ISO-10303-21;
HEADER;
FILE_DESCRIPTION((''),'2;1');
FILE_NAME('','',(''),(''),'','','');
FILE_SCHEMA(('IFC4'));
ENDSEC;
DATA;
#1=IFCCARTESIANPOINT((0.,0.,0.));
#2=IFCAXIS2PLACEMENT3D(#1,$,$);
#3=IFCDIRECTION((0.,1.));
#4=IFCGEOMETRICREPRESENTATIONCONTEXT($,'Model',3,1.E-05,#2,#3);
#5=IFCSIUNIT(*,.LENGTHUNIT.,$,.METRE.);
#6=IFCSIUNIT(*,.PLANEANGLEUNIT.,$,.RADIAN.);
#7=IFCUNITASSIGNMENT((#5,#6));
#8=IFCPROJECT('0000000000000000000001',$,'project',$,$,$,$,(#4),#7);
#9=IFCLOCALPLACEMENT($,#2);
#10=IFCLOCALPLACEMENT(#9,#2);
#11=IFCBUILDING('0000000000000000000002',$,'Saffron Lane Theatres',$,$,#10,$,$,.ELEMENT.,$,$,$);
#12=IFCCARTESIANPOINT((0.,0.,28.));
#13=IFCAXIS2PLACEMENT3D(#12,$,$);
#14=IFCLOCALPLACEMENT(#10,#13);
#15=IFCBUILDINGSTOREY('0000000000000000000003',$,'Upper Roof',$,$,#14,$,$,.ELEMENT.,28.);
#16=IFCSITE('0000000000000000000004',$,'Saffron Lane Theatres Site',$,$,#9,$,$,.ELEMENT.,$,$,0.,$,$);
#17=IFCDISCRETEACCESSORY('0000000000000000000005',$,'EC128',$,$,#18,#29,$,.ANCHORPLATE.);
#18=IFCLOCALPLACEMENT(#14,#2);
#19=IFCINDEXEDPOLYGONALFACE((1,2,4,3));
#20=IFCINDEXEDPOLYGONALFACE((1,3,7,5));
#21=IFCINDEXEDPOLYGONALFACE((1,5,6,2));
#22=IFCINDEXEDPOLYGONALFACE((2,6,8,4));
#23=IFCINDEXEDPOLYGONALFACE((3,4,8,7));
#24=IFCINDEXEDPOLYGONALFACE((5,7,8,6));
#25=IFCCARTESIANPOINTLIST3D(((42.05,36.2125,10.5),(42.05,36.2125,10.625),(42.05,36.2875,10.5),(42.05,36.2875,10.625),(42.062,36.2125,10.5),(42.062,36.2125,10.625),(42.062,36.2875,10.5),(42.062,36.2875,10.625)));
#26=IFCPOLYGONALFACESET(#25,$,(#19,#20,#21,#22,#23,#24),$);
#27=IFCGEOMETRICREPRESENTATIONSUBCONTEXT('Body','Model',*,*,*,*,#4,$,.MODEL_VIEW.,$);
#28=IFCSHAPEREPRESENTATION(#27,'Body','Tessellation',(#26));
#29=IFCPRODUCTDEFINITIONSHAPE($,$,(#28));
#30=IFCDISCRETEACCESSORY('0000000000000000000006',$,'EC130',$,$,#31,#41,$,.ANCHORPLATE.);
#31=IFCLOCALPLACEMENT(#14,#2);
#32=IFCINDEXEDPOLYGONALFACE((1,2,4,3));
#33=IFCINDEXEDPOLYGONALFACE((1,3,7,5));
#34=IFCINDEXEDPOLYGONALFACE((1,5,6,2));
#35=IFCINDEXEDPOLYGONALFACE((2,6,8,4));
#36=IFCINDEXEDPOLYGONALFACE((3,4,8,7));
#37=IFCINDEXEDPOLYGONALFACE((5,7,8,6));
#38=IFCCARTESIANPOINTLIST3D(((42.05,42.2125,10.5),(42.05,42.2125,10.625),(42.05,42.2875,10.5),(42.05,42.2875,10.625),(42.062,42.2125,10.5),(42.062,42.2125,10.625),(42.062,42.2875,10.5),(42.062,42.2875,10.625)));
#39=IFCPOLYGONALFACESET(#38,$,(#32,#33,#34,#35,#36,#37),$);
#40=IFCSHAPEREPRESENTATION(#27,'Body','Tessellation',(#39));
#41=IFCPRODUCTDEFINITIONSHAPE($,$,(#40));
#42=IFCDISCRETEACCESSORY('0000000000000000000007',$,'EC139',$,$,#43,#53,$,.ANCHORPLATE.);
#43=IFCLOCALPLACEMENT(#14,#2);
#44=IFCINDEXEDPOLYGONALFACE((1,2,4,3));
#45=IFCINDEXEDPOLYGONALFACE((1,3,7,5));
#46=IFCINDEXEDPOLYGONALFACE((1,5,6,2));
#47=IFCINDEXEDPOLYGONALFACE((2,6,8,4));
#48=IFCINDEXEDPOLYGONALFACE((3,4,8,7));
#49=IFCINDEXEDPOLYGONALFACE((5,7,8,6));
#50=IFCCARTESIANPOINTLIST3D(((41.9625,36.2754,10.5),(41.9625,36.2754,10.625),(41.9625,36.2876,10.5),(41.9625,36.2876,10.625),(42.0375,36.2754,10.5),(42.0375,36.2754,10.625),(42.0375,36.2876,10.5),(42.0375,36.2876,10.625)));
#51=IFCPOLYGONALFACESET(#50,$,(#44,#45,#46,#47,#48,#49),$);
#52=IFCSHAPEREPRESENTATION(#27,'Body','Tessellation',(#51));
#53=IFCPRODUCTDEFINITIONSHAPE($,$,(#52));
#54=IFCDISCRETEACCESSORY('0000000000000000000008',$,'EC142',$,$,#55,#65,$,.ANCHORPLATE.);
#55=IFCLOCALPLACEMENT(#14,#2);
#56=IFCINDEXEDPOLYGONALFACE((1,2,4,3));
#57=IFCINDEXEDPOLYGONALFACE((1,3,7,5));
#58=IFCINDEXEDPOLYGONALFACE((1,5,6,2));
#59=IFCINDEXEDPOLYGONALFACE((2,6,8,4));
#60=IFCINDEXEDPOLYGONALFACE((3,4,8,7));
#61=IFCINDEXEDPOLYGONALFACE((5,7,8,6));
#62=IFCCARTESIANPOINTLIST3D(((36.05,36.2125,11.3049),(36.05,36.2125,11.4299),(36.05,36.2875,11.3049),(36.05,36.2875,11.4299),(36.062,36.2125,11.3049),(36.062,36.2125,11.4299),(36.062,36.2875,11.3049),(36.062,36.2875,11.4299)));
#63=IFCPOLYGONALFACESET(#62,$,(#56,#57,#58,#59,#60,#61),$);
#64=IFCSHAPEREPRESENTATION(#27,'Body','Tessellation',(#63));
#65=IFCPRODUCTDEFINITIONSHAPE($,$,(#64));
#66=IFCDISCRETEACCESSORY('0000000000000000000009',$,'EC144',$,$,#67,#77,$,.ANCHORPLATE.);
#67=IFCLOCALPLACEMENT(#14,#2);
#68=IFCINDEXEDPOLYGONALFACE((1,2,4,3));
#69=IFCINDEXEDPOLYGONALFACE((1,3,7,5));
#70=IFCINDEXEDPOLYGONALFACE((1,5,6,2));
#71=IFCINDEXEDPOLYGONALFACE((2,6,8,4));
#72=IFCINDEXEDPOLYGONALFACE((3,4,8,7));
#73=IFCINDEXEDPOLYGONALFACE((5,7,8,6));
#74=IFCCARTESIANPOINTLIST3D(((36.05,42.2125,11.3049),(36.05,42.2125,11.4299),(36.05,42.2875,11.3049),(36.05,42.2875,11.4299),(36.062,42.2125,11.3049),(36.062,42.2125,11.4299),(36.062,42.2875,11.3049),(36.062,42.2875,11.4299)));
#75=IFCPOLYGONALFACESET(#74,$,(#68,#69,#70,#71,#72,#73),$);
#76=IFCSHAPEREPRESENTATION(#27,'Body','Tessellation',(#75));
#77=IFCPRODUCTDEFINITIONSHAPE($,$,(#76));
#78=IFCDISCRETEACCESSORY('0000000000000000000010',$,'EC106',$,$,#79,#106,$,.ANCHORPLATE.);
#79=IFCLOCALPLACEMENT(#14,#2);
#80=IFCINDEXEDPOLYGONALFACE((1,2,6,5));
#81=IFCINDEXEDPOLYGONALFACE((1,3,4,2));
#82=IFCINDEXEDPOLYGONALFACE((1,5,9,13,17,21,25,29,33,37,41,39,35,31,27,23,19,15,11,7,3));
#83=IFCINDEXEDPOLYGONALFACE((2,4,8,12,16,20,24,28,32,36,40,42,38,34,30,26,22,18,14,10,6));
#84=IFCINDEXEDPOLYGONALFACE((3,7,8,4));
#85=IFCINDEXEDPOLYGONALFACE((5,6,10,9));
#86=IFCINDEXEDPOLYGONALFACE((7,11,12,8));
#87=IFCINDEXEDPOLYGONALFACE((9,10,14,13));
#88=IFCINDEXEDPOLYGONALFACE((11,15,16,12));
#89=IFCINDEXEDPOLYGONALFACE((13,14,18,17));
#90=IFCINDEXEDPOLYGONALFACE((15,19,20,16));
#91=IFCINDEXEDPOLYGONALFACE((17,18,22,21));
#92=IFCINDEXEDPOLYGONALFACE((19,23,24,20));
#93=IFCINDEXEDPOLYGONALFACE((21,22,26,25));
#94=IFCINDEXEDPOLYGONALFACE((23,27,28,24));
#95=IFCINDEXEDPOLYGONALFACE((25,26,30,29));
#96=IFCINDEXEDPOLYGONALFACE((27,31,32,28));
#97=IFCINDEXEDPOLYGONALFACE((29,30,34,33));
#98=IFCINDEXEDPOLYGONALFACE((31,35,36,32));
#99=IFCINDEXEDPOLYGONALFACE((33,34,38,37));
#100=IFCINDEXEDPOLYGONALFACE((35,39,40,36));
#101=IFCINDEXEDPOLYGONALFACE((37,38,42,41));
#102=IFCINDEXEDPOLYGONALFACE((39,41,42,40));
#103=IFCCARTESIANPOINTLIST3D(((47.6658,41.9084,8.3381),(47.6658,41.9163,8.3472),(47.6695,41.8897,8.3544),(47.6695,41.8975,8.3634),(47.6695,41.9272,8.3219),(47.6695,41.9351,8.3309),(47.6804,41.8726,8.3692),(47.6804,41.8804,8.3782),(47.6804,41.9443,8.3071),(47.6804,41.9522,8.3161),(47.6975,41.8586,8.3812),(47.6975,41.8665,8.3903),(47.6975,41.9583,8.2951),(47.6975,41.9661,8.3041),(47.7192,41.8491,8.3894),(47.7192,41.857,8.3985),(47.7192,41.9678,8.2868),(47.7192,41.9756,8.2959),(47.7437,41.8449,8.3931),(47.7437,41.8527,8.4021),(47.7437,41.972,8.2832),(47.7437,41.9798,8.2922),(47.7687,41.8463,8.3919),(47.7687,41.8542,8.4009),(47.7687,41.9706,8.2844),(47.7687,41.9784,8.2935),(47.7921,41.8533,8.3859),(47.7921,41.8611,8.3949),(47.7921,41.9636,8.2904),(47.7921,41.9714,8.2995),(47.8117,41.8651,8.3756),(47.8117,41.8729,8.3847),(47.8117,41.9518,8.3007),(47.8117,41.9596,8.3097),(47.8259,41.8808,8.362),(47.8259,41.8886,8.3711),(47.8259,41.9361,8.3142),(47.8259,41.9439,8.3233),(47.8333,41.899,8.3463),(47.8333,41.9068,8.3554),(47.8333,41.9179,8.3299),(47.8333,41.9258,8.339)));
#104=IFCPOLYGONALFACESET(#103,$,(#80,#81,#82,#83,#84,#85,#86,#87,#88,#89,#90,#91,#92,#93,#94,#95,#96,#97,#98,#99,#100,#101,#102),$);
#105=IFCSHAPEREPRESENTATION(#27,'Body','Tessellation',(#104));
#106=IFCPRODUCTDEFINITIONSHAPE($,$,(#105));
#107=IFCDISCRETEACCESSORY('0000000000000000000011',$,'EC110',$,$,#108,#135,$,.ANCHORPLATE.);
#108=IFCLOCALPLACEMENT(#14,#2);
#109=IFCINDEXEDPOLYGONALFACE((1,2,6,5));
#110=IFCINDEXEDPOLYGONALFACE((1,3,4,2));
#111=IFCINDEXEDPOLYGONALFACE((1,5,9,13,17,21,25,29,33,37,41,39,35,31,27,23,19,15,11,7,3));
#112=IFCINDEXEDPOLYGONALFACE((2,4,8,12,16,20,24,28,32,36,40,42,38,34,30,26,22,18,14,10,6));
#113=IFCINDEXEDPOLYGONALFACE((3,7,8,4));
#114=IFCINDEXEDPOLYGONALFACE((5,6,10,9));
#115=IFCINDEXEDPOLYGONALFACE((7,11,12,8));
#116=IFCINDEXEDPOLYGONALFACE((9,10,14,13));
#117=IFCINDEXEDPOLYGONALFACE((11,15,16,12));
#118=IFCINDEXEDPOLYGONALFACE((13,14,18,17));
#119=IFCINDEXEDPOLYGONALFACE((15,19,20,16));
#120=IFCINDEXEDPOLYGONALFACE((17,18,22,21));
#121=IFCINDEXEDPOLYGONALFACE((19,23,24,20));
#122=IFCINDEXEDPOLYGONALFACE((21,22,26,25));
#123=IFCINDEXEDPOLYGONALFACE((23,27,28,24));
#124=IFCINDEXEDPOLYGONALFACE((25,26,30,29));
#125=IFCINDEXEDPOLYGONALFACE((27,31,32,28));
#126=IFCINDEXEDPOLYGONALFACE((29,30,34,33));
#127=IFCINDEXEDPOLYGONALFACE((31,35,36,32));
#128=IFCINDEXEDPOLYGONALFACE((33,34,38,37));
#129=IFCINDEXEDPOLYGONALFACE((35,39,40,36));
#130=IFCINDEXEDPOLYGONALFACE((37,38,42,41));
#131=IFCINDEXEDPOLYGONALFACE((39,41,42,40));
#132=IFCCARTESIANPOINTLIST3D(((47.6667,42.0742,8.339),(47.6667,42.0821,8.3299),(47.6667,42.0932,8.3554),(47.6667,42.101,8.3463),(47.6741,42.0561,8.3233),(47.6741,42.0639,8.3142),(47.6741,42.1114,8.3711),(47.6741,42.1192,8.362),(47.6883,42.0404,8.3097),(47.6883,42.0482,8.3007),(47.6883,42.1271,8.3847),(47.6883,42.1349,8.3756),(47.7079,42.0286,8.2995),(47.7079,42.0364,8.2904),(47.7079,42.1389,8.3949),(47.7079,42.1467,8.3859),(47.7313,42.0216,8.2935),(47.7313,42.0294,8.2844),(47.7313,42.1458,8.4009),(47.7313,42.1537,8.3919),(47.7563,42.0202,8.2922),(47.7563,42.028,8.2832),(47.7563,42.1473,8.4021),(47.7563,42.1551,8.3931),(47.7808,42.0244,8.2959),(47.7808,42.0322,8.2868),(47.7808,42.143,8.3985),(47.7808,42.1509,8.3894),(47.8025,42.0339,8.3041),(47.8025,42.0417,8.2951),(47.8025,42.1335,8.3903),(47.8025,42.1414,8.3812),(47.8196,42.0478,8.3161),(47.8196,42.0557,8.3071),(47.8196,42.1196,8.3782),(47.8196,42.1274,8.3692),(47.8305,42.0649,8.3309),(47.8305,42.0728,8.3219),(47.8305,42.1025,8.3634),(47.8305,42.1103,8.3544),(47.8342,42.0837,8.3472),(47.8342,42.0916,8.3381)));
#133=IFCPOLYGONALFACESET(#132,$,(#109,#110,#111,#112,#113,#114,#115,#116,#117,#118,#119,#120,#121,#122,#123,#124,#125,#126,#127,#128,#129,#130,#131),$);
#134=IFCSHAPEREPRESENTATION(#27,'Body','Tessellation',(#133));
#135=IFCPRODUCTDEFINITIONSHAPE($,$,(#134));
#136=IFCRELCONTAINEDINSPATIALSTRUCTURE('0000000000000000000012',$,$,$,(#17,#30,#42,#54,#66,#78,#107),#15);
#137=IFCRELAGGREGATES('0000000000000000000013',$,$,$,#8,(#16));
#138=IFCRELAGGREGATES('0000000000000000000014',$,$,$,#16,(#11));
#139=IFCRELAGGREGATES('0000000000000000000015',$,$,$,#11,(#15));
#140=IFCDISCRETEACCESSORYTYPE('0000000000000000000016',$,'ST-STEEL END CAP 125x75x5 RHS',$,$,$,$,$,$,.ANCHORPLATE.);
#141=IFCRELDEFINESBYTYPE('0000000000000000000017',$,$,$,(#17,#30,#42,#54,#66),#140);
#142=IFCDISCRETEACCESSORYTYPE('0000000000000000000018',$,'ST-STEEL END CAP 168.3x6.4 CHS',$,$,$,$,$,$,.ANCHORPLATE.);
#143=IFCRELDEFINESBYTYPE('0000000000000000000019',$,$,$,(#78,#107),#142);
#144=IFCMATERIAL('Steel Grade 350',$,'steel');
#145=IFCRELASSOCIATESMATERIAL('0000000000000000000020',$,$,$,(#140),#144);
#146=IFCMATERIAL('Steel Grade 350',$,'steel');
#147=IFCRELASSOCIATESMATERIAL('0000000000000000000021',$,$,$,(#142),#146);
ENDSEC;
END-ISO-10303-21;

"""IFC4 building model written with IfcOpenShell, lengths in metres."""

from ifc_helpers import new_model, si_unit, direction, frame, origin, origin_2d, place, context, subcontext, project, spatial, rectangle, circle, extrude, material, material_profile, profile_set, type_object, element, save


model = new_model("IFC4")

# Units and contexts
model_context = context("Model", 3, precision=1e-05, world=origin(), true_north=direction((0.0, 1.0)))
body_context = subcontext(model_context, "Body", "Model", "MODEL_VIEW")
ifc_project = project(units=[si_unit("LENGTHUNIT", "METRE"), si_unit("PLANEANGLEUNIT", "RADIAN")], contexts=[model_context])

# Site, building, storey
site_placement = place(None, origin())
site = spatial("IfcSite", under=ifc_project, at=site_placement, Name="Saffron Lane Theatres Site", CompositionType="ELEMENT", RefElevation=0.0)
building_placement = place(site_placement, origin())
building = spatial("IfcBuilding", under=site, at=building_placement, Name="Saffron Lane Theatres", CompositionType="ELEMENT")
storey_placement = place(building_placement, frame((0.0, 0.0, 28.0)))
storey = spatial("IfcBuildingStorey", under=building, at=storey_placement, Name="Upper Roof", CompositionType="ELEMENT", Elevation=28.0)

# Discrete accessories
ifc_material_1 = material(Name="Steel Grade 350", Category="steel")
ifc_material_profile_1 = material_profile(ifc_material_1, rectangle(XDim=0.075, YDim=0.125, at=origin_2d()))
ifc_profile_set_1 = profile_set([ifc_material_profile_1], Name="Steel Grade 350")
discrete_accessory_type_1 = type_object("IfcDiscreteAccessoryType", Name="ST-STEEL END CAP 125x75x5 RHS", PredefinedType="ANCHORPLATE", material=ifc_profile_set_1)
for number, where, z_axis, x_axis, name in (
    (1, (42.05, 36.25, 10.5625), (1.0, 0.0, 0.0), (0.0, 1.0, 0.0), "EC128"),
    (2, (42.05, 42.25, 10.5625), (1.0, 0.0, 0.0), (0.0, 1.0, 0.0), "EC130"),
):
    element("IfcDiscreteAccessory", number, at=place(storey_placement, frame(where, z_axis=z_axis, x_axis=x_axis)), inside=storey, type_object=discrete_accessory_type_1, Name=name, PredefinedType="ANCHORPLATE", context=body_context, shape_type="SweptSolid", body=[
        extrude(rectangle(XDim=0.075, YDim=0.125, at=origin_2d()), origin(), (0.0, 0.0, 1.0), 0.012),
    ])
discrete_accessory_placement = place(storey_placement, frame((42.0, 36.2754, 10.5625), z_axis=(0.0, 1.0, 0.0), x_axis=(-1.0, 0.0, 0.0)))
element("IfcDiscreteAccessory", 3, at=discrete_accessory_placement, inside=storey, type_object=discrete_accessory_type_1, Name="EC139", PredefinedType="ANCHORPLATE", context=body_context, shape_type="SweptSolid", body=[
    extrude(rectangle(XDim=0.075, YDim=0.125, at=origin_2d()), origin(), (0.0, 0.0, 1.0), 0.0122),
])
for number, where, z_axis, x_axis, name in (
    (4, (36.05, 36.25, 11.3674), (1.0, 0.0, 0.0), (0.0, 1.0, 0.0), "EC142"),
    (5, (36.05, 42.25, 11.3674), (1.0, 0.0, 0.0), (0.0, 1.0, 0.0), "EC144"),
):
    element("IfcDiscreteAccessory", number, at=place(storey_placement, frame(where, z_axis=z_axis, x_axis=x_axis)), inside=storey, type_object=discrete_accessory_type_1, Name=name, PredefinedType="ANCHORPLATE", context=body_context, shape_type="SweptSolid", body=[
        extrude(rectangle(XDim=0.075, YDim=0.125, at=origin_2d()), origin(), (0.0, 0.0, 1.0), 0.012),
    ])
ifc_material_2 = material(Name="Steel Grade 350", Category="steel")
ifc_material_profile_2 = material_profile(ifc_material_2, circle(Radius=0.0842, at=origin_2d()))
ifc_profile_set_2 = profile_set([ifc_material_profile_2], Name="Steel Grade 350")
discrete_accessory_type_2 = type_object("IfcDiscreteAccessoryType", Name="ST-STEEL END CAP 168.3x6.4 CHS", PredefinedType="ANCHORPLATE", material=ifc_profile_set_2)
for number, where, z_axis, x_axis, name in (
    (6, (47.75, 41.9084, 8.3381), (0.0, 0.654152, 0.756363), (-1.0, 0.0, 0.0), "EC106"),
    (7, (47.75, 42.0916, 8.3381), (0.0, -0.654152, 0.756363), (1.0, 0.0, 0.0), "EC110"),
):
    element("IfcDiscreteAccessory", number, at=place(storey_placement, frame(where, z_axis=z_axis, x_axis=x_axis)), inside=storey, type_object=discrete_accessory_type_2, Name=name, PredefinedType="ANCHORPLATE", context=body_context, shape_type="SweptSolid", body=[
        extrude(circle(Radius=0.0842, at=origin_2d()), origin(), (0.0, 0.0, 1.0), 0.012),
    ])

save(model, "model.ifc")
